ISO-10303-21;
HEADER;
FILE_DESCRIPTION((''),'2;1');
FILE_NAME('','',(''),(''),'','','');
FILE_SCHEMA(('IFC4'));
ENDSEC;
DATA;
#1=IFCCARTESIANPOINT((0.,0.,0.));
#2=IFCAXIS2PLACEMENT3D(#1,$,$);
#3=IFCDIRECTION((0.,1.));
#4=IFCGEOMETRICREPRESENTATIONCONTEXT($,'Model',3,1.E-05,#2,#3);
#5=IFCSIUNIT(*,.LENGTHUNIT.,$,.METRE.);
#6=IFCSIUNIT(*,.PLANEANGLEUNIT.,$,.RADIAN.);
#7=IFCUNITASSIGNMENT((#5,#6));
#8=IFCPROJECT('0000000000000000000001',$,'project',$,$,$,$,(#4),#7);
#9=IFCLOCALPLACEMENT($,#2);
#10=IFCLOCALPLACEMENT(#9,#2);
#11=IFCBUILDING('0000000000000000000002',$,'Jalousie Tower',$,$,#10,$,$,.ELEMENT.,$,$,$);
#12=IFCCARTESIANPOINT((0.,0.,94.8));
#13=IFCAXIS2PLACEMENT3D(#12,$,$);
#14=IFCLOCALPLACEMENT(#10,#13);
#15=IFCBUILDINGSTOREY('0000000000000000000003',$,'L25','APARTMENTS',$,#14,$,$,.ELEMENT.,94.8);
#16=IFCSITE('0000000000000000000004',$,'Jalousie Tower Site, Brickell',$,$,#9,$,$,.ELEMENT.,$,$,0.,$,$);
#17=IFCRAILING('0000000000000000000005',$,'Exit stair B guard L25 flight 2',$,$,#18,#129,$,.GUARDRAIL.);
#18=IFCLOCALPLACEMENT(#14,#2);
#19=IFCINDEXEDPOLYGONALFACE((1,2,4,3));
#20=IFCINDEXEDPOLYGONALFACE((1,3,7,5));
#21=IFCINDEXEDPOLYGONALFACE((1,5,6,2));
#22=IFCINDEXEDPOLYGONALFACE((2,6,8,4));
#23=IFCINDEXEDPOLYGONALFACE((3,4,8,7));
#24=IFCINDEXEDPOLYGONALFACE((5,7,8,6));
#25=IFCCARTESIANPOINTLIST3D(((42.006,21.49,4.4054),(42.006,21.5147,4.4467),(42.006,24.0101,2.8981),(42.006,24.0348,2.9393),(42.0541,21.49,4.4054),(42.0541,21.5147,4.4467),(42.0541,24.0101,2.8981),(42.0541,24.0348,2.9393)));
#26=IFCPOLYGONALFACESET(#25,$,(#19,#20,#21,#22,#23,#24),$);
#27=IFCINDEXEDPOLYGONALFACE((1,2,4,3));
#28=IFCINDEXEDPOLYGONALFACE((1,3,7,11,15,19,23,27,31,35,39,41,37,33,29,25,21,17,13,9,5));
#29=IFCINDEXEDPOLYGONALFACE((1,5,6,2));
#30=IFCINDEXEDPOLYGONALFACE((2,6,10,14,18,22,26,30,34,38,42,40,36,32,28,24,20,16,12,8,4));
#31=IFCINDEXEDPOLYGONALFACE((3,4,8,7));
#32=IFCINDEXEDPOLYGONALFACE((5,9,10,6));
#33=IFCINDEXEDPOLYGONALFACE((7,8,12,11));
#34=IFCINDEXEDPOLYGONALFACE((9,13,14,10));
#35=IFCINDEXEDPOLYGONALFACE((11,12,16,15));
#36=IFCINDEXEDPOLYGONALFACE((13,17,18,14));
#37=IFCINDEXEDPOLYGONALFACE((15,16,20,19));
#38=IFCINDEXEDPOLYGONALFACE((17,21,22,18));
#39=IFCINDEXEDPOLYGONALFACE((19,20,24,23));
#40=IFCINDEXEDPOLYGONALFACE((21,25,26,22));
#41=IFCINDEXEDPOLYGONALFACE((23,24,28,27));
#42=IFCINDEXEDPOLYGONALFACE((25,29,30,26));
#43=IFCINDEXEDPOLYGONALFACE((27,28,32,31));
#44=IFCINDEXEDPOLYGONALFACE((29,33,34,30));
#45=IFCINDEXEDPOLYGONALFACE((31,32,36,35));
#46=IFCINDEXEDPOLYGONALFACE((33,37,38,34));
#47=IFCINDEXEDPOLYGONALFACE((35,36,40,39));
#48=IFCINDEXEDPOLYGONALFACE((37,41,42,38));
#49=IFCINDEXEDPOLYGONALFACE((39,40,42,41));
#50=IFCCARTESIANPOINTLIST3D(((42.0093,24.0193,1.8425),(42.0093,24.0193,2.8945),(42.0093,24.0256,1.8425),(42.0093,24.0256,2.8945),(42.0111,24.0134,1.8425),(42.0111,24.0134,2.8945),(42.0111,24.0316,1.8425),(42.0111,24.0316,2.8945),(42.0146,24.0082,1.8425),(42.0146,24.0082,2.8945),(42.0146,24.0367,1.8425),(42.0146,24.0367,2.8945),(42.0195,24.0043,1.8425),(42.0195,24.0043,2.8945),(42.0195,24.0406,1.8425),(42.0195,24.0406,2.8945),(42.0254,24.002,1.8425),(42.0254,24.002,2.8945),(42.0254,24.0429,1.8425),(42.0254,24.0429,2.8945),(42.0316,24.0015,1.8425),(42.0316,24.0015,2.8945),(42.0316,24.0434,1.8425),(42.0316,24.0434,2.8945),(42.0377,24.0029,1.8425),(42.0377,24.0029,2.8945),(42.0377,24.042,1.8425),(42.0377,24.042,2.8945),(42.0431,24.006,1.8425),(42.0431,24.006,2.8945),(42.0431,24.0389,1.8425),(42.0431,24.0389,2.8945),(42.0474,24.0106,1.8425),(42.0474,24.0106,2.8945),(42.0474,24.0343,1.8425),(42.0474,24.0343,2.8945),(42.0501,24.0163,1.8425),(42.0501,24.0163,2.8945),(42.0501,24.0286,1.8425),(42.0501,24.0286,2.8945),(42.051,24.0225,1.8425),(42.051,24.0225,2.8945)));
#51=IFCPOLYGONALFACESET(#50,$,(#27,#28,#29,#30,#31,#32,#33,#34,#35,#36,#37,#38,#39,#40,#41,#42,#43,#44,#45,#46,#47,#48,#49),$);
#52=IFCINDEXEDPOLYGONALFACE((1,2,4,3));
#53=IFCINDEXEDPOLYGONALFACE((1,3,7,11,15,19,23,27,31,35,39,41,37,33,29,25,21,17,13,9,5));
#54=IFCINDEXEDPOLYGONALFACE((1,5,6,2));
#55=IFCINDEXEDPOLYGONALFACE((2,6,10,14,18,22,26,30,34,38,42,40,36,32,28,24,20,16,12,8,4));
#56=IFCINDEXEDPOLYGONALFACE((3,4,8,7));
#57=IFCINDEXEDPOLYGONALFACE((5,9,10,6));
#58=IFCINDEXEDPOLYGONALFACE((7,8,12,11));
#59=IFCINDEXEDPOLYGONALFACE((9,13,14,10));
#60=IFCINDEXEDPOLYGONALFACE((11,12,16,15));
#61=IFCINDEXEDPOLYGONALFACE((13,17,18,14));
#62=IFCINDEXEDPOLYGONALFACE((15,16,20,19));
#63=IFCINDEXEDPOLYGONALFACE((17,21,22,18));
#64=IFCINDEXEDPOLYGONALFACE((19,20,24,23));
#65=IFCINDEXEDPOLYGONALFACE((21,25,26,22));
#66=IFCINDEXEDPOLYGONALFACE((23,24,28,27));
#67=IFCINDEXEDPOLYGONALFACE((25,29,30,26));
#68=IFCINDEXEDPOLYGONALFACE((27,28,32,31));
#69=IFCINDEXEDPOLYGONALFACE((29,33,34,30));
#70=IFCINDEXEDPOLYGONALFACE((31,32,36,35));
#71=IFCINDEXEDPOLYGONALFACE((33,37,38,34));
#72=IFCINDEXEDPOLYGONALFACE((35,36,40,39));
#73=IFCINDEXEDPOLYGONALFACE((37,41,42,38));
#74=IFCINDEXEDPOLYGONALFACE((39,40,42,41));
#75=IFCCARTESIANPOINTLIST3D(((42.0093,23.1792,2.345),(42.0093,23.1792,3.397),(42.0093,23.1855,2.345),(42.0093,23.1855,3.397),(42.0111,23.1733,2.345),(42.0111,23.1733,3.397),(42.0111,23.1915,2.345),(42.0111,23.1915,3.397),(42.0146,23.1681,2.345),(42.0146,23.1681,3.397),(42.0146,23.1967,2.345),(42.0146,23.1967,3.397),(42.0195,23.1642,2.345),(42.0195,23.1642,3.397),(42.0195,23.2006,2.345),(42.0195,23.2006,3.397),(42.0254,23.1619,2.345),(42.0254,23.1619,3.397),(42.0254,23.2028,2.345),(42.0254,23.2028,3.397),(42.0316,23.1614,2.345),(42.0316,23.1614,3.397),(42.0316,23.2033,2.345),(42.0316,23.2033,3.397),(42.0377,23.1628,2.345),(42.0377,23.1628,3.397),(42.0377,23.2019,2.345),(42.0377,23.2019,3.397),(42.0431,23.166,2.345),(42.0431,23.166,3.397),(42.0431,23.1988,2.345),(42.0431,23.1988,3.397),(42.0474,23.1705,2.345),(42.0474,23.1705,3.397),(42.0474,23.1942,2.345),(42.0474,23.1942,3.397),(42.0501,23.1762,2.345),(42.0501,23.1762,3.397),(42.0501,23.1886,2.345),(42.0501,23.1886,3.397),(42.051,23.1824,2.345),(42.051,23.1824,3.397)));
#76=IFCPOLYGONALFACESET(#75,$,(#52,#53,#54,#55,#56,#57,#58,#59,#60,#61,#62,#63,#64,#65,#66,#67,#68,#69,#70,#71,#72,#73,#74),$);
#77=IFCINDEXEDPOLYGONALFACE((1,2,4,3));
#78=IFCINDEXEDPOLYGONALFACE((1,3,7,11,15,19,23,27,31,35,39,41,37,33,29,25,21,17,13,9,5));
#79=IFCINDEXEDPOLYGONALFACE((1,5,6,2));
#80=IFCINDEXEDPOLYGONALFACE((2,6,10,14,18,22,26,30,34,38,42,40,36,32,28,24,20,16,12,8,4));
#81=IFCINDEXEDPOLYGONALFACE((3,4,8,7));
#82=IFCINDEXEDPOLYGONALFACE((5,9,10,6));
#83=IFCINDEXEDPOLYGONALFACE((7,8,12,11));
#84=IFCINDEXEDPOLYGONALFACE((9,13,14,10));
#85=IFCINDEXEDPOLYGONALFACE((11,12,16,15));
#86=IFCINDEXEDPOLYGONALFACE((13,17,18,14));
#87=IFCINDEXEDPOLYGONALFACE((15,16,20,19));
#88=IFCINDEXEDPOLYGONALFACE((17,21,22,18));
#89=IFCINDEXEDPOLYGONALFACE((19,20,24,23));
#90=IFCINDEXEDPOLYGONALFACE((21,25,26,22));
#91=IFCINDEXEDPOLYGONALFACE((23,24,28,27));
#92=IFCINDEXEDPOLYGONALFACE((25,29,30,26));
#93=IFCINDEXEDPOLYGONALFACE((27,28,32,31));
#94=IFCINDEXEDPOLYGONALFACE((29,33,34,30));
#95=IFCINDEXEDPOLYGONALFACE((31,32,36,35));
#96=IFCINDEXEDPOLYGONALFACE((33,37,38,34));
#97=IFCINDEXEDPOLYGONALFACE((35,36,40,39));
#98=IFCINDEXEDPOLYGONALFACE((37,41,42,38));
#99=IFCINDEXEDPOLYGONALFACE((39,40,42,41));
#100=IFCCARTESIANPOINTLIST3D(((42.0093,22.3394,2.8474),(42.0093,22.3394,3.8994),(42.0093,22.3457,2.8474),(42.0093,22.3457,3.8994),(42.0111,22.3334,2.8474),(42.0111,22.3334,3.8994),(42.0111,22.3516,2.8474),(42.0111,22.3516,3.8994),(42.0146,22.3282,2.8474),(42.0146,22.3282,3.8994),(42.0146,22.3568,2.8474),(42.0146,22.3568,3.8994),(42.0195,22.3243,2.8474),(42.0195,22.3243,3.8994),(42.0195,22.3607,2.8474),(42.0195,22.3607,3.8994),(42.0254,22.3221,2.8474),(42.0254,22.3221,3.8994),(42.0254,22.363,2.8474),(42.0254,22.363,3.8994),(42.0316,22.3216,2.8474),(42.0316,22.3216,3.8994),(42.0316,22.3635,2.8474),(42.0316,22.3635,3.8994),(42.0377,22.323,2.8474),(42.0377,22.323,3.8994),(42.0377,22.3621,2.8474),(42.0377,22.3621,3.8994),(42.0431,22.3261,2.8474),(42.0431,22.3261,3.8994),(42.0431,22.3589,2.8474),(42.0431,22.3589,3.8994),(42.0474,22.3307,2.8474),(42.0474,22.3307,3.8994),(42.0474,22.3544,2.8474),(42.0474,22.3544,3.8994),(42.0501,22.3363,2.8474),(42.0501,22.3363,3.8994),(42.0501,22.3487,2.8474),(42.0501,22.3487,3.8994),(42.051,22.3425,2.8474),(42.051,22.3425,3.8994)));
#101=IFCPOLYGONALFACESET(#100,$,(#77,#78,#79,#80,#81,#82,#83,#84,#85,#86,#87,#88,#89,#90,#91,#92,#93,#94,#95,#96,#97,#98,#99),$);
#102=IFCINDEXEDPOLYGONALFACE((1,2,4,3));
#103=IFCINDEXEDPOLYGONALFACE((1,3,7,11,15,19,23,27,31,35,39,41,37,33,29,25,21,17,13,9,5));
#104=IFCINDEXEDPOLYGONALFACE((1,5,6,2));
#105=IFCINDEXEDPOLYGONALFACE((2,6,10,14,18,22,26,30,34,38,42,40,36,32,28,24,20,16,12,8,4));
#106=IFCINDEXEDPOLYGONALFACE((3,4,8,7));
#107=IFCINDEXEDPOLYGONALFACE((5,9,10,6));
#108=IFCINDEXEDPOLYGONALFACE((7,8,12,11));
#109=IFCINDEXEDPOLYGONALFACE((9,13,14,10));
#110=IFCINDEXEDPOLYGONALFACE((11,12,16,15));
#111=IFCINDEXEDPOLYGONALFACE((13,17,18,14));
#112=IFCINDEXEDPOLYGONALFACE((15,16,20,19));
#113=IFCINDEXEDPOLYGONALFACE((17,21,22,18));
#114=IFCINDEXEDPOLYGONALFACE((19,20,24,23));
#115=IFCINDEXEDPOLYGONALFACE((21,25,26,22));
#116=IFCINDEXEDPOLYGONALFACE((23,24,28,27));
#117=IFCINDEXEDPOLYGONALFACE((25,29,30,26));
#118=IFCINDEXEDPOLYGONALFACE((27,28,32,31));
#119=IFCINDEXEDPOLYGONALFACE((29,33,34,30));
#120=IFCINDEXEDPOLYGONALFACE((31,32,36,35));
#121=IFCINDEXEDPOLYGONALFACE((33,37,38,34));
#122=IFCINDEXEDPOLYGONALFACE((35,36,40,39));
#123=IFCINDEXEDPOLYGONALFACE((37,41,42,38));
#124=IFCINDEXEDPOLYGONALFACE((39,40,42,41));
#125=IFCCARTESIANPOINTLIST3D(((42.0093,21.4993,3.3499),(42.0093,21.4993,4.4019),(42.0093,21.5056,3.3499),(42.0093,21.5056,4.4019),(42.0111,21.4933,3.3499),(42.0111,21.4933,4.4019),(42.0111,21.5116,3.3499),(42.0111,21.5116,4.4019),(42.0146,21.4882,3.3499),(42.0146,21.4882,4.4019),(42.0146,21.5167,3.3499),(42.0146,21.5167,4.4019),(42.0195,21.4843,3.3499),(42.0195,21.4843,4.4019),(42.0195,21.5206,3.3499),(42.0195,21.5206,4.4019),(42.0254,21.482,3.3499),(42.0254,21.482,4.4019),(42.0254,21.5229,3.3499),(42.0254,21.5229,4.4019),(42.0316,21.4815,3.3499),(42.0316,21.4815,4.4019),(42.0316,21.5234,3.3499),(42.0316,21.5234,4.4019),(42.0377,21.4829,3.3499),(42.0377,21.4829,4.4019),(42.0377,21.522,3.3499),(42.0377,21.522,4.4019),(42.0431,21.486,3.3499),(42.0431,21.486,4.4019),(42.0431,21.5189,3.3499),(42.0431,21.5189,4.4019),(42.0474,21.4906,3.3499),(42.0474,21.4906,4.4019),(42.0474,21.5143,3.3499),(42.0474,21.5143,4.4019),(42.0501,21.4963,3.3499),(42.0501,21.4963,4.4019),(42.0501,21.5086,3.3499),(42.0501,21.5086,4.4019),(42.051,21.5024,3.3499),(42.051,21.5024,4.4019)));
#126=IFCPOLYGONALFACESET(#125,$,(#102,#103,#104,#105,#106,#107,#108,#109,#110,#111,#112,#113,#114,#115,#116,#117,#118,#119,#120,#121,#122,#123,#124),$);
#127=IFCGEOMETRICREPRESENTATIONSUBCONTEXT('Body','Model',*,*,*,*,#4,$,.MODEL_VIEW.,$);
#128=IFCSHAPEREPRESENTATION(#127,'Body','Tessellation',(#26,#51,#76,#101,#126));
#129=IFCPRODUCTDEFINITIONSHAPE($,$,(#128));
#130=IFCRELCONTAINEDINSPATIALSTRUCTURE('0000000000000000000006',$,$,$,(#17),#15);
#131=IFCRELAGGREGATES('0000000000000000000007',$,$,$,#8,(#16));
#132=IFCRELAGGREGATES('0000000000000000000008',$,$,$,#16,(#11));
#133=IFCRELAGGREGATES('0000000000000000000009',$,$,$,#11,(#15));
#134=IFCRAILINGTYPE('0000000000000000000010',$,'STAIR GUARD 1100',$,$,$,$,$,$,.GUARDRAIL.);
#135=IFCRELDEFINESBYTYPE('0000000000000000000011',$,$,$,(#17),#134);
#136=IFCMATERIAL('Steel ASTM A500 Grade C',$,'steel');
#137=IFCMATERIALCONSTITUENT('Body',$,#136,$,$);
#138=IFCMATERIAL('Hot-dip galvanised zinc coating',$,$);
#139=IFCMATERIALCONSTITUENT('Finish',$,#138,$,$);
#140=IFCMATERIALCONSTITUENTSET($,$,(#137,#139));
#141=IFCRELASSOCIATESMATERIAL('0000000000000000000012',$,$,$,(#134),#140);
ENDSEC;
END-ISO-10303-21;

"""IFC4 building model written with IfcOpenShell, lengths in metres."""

from ifc_helpers import new_model, si_unit, direction, frame, origin, origin_2d, place, context, subcontext, project, spatial, rectangle, circle, extrude, material, constituent, constituent_set, type_object, element, save


model = new_model("IFC4")

# Units and contexts
model_context = context("Model", 3, precision=1e-05, world=origin(), true_north=direction((0.0, 1.0)))
body_context = subcontext(model_context, "Body", "Model", "MODEL_VIEW")
ifc_project = project(units=[si_unit("LENGTHUNIT", "METRE"), si_unit("PLANEANGLEUNIT", "RADIAN")], contexts=[model_context])

# Site, building, storey
site_placement = place(None, origin())
site = spatial("IfcSite", under=ifc_project, at=site_placement, Name="Jalousie Tower Site, Brickell", CompositionType="ELEMENT", RefElevation=0.0)
building_placement = place(site_placement, origin())
building = spatial("IfcBuilding", under=site, at=building_placement, Name="Jalousie Tower", CompositionType="ELEMENT")
storey_placement = place(building_placement, frame((0.0, 0.0, 94.8)))
storey = spatial("IfcBuildingStorey", under=building, at=storey_placement, Name="L25", Description="APARTMENTS", CompositionType="ELEMENT", Elevation=94.8)

# Railing
ifc_material_1 = material(Name="Steel ASTM A500 Grade C", Category="steel")
ifc_constituent_1 = constituent(ifc_material_1, Name="Body")
ifc_material_2 = material(Name="Hot-dip galvanised zinc coating")
ifc_constituent_2 = constituent(ifc_material_2, Name="Finish")
ifc_constituent_set_1 = constituent_set(constituents=[ifc_constituent_1, ifc_constituent_2])
railing_type_1 = type_object("IfcRailingType", Name="STAIR GUARD 1100", PredefinedType="GUARDRAIL", material=ifc_constituent_set_1)
railing_1_placement = place(storey_placement, frame((42.03, 24.0225, 1.8425)))
element("IfcRailing", 1, at=railing_1_placement, inside=storey, type_object=railing_type_1, Name="Exit stair B guard L25 flight 2", PredefinedType="GUARDRAIL", context=body_context, shape_type="SweptSolid", body=[
    extrude(rectangle(XDim=0.0481, YDim=0.0481, at=origin_2d()), frame((0.0, 0.0, 1.0762), z_axis=(0.0, -0.858196, 0.513321), x_axis=(1.0, 0.0, 0.0)), (0.0, 0.0, 1.0), 2.9365),
    extrude(circle(Radius=0.021, at=origin_2d()), origin(), (0.0, 0.0, 1.0), 1.052),
    extrude(circle(Radius=0.021, at=origin_2d()), frame((0.0, -0.8401, 0.5024)), (0.0, 0.0, 1.0), 1.052),
    extrude(circle(Radius=0.021, at=origin_2d()), frame((0.0, -1.6799, 1.0049)), (0.0, 0.0, 1.0), 1.052),
    extrude(circle(Radius=0.021, at=origin_2d()), frame((0.0, -2.52, 1.5073)), (0.0, 0.0, 1.0), 1.052),
])

save(model, "model.ifc")
